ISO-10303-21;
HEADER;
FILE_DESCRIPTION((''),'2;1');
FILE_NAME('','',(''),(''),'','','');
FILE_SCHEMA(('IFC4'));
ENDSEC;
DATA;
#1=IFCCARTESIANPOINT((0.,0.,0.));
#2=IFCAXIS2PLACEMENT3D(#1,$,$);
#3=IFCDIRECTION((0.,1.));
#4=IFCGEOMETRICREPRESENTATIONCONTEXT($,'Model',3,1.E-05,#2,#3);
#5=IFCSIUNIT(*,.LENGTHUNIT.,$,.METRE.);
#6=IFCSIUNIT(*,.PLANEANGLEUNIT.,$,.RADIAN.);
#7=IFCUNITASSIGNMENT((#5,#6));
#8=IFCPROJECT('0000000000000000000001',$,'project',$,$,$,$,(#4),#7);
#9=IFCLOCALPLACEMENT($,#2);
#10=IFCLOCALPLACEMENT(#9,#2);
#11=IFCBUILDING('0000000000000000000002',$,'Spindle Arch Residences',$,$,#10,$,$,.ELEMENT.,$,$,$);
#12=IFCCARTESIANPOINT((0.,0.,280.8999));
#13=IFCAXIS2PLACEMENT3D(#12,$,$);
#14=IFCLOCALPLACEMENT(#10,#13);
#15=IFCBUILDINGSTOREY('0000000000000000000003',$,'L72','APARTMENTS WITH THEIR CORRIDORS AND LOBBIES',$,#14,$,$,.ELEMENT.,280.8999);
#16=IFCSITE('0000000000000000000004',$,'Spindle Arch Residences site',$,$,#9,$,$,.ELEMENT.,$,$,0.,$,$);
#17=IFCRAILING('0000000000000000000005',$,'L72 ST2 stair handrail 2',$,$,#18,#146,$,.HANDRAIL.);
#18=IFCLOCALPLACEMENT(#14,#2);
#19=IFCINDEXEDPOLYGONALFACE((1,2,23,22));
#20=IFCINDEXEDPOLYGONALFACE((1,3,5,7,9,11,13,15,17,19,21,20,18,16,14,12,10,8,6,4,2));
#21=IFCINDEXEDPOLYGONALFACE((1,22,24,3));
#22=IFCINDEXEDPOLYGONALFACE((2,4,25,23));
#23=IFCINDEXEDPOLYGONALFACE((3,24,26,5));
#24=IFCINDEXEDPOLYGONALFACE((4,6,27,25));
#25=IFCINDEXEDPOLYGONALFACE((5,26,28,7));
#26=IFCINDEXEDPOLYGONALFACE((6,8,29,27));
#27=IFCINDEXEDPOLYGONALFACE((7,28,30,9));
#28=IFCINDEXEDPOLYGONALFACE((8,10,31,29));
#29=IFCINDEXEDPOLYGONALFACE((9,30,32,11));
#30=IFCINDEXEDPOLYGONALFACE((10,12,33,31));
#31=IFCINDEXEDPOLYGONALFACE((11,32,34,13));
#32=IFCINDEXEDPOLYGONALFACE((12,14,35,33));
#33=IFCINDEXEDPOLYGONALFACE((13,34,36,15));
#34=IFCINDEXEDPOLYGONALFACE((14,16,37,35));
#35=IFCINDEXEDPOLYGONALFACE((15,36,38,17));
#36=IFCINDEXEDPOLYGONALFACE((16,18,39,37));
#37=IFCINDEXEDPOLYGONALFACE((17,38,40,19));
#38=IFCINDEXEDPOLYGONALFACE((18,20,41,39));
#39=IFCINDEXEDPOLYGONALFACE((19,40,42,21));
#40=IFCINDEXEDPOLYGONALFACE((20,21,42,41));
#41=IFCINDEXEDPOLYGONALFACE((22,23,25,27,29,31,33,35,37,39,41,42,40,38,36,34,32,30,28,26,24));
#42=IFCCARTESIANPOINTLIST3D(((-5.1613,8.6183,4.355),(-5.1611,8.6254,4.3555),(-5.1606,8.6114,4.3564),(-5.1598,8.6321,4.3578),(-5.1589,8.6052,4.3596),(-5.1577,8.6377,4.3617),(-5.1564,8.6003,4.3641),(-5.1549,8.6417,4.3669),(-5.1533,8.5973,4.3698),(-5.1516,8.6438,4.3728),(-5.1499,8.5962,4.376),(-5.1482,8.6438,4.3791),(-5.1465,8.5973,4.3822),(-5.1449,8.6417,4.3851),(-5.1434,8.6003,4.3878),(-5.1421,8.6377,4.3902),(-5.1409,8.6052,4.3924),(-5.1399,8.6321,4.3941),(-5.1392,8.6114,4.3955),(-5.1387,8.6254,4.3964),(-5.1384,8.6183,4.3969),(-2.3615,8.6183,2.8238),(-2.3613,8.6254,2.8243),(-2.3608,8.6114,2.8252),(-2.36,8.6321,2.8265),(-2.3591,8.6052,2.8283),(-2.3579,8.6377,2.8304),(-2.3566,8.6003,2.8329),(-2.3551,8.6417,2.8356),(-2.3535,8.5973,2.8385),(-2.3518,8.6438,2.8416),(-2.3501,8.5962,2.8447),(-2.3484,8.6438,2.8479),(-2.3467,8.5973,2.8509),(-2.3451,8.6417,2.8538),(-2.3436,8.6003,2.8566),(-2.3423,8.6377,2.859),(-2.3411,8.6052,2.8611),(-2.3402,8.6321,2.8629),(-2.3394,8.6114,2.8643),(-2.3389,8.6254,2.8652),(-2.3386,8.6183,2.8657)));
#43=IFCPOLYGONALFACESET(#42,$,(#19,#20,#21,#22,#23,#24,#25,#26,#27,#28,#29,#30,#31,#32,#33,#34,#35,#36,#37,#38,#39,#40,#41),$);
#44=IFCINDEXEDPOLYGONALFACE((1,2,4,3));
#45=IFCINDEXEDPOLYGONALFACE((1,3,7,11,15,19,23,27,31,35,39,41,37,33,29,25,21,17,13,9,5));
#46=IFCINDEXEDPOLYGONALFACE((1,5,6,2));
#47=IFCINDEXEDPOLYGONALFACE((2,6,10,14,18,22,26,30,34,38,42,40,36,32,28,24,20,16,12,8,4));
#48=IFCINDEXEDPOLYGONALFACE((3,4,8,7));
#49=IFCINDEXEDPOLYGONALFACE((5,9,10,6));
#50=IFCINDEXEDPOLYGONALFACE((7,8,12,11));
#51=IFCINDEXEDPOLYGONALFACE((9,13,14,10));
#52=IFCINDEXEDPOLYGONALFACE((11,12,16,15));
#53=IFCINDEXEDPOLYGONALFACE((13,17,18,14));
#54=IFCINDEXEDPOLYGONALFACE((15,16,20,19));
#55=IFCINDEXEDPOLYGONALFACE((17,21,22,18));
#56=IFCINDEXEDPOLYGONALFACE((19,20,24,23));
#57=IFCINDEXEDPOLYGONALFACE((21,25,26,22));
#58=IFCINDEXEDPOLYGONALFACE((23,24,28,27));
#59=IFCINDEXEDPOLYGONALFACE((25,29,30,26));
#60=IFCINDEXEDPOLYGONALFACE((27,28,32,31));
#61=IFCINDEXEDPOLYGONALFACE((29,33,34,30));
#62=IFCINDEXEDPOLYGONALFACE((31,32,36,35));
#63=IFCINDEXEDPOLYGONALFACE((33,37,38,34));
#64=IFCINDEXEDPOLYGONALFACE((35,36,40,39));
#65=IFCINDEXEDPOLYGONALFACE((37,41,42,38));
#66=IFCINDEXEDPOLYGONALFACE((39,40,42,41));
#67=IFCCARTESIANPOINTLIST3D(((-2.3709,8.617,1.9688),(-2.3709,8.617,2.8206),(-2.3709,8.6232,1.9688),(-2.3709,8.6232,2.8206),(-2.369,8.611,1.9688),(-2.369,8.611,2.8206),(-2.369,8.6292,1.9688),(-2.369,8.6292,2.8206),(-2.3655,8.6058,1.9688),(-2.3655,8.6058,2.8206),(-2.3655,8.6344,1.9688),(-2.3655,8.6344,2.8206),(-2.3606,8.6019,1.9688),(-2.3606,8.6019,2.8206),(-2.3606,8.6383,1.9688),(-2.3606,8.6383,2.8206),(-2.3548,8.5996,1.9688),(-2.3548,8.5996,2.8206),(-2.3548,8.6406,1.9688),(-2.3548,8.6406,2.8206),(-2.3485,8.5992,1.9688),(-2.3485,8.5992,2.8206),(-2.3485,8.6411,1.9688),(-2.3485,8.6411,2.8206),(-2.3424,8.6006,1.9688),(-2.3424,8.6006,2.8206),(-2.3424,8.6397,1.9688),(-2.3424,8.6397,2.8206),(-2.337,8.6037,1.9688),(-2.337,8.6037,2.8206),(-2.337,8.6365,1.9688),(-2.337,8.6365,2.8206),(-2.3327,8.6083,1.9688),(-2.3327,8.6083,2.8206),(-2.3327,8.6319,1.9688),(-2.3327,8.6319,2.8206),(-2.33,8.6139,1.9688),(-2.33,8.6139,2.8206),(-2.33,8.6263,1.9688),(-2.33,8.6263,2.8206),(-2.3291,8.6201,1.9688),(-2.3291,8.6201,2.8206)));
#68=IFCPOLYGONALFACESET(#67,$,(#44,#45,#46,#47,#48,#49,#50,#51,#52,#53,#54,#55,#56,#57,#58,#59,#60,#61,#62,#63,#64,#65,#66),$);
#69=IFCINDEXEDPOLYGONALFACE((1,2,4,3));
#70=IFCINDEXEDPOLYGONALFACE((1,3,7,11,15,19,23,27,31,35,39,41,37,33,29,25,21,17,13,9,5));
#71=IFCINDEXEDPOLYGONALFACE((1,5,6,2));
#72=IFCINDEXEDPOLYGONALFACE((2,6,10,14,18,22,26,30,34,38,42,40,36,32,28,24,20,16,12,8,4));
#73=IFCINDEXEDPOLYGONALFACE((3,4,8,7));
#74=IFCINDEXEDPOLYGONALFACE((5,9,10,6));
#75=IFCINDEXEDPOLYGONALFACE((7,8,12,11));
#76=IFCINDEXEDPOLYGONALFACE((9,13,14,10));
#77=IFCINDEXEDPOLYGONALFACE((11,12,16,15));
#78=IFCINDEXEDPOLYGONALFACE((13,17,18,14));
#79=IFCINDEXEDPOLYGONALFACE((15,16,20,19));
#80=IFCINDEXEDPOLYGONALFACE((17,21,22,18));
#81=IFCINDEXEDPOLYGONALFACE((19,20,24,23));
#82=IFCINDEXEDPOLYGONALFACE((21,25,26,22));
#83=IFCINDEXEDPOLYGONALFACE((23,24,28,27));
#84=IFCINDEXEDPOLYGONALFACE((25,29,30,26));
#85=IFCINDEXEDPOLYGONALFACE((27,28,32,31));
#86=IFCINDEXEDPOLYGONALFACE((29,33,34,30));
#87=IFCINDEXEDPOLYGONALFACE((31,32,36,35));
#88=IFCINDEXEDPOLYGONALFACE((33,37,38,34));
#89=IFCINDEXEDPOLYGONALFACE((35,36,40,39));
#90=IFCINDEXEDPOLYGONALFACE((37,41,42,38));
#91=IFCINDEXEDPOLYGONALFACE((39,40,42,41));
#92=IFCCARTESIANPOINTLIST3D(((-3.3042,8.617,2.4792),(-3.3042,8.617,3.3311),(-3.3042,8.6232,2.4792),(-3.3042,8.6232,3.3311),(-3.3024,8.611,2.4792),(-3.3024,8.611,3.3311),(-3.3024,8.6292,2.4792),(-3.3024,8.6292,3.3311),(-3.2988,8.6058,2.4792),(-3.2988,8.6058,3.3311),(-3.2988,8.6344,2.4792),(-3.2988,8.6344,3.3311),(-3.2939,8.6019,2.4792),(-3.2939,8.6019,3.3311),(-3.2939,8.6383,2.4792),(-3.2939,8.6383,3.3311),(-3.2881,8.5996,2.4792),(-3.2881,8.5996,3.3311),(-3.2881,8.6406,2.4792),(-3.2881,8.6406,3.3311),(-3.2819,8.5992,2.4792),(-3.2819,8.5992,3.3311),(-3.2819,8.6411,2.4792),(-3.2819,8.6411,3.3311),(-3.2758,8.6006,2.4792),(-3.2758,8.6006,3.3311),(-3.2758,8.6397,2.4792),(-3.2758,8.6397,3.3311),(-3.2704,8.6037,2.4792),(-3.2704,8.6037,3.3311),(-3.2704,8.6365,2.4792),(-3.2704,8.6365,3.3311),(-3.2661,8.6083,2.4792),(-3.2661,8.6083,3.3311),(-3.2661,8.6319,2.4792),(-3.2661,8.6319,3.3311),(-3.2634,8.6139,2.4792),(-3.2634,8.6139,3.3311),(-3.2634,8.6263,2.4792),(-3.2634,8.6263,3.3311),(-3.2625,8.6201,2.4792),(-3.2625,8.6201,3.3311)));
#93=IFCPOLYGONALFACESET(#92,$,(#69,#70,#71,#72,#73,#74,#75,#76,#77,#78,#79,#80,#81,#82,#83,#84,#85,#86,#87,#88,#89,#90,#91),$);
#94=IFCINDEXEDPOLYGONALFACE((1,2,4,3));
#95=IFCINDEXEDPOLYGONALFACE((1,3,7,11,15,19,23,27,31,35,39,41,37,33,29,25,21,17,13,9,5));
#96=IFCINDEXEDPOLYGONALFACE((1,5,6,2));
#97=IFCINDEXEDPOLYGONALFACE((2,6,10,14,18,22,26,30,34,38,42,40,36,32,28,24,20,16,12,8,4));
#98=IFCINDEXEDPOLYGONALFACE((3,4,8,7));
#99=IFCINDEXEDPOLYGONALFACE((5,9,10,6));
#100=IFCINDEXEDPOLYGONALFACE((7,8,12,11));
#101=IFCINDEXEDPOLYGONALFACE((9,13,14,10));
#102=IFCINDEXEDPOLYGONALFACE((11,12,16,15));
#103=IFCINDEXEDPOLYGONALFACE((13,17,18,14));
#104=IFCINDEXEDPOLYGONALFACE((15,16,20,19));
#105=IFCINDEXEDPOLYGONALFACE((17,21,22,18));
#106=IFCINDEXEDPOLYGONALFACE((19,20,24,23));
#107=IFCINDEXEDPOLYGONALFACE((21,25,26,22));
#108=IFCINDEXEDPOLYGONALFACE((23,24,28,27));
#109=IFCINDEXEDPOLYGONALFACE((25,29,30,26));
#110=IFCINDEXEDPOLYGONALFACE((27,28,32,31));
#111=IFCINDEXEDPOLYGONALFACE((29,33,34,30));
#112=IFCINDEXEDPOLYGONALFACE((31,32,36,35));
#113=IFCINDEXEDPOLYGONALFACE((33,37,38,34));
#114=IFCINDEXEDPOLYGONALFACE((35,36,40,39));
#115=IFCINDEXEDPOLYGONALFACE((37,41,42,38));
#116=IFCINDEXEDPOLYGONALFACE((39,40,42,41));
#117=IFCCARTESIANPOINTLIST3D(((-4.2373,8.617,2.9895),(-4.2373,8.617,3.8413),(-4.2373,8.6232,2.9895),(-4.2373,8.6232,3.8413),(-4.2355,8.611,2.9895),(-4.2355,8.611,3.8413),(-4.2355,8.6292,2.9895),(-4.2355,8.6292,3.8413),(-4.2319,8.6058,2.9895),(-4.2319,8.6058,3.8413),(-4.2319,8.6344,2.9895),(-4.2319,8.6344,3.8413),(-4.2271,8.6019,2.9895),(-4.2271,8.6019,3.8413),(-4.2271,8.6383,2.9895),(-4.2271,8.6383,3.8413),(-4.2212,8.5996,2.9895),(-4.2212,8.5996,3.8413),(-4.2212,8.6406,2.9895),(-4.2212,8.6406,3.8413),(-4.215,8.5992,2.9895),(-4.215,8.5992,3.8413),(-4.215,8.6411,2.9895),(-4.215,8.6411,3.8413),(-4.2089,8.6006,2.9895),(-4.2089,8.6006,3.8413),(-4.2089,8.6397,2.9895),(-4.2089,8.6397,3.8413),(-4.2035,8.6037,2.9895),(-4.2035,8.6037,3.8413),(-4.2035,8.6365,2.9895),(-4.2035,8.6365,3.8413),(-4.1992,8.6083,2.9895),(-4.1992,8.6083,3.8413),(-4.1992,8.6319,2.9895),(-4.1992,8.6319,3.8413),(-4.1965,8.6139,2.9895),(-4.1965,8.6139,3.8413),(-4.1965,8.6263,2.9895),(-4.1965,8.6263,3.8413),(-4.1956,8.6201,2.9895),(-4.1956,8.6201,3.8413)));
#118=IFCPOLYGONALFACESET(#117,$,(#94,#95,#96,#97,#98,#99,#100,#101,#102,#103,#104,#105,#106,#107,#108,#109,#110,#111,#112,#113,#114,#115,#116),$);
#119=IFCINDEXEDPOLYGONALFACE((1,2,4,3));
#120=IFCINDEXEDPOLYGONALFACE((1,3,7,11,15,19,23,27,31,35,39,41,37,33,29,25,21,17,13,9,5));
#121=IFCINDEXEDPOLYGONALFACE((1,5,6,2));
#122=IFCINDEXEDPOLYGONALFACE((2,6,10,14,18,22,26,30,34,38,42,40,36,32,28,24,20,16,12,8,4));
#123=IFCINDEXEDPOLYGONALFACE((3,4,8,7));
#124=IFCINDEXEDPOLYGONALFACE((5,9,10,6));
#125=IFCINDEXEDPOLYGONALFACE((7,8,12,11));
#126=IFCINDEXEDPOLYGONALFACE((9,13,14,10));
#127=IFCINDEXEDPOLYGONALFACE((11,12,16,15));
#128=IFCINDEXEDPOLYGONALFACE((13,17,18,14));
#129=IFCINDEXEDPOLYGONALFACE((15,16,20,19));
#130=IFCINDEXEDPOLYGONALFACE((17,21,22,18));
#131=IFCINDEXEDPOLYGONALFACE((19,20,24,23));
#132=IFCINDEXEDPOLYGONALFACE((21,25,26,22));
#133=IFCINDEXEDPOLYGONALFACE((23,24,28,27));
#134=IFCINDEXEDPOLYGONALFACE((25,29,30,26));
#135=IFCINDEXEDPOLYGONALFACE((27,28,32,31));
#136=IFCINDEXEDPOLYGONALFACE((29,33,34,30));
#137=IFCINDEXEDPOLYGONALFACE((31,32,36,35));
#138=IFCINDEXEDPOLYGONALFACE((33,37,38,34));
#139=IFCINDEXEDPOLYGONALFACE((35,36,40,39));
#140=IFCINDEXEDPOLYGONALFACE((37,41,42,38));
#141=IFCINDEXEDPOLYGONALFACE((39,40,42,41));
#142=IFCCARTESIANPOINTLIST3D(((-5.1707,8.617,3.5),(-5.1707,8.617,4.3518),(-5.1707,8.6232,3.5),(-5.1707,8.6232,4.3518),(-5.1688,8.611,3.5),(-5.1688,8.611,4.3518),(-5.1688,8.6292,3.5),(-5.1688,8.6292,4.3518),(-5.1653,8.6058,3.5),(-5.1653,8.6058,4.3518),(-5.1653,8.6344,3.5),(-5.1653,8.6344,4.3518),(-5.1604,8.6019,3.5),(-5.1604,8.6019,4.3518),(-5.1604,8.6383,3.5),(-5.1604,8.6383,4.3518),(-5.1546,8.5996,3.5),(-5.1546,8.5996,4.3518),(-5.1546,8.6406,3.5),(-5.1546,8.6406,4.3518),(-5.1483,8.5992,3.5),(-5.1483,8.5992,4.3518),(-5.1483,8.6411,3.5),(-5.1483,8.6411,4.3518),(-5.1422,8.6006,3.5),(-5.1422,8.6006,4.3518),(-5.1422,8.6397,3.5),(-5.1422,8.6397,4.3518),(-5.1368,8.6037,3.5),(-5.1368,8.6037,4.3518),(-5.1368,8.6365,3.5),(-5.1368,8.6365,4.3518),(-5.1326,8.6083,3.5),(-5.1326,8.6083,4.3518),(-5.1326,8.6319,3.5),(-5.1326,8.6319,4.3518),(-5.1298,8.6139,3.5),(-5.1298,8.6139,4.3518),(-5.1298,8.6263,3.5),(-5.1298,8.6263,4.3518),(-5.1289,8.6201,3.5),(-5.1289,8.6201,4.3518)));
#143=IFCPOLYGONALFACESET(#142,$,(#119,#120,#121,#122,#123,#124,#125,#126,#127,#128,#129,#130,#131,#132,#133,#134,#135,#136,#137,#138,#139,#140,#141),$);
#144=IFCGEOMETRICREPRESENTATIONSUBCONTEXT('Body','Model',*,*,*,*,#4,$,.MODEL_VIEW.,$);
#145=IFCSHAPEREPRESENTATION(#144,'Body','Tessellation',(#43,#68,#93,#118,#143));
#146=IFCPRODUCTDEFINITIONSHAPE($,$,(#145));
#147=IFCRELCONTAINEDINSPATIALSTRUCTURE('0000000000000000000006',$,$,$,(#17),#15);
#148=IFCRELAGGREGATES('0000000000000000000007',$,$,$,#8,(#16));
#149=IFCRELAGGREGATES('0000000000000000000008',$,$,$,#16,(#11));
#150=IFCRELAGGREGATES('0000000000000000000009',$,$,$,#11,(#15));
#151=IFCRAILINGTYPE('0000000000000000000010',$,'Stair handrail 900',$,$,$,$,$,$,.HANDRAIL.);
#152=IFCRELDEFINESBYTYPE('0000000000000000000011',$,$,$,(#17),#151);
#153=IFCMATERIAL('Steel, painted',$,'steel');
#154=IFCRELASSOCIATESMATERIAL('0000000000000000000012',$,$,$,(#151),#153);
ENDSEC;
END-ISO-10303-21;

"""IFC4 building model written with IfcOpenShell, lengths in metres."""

from ifc_helpers import new_model, si_unit, direction, frame, origin, origin_2d, place, context, subcontext, project, spatial, circle, extrude, material, type_object, element, save


model = new_model("IFC4")

# Units and contexts
model_context = context("Model", 3, precision=1e-05, world=origin(), true_north=direction((0.0, 1.0)))
body_context = subcontext(model_context, "Body", "Model", "MODEL_VIEW")
ifc_project = project(units=[si_unit("LENGTHUNIT", "METRE"), si_unit("PLANEANGLEUNIT", "RADIAN")], contexts=[model_context])

# Site, building, storey
site_placement = place(None, origin())
site = spatial("IfcSite", under=ifc_project, at=site_placement, Name="Spindle Arch Residences site", CompositionType="ELEMENT", RefElevation=0.0)
building_placement = place(site_placement, origin())
building = spatial("IfcBuilding", under=site, at=building_placement, Name="Spindle Arch Residences", CompositionType="ELEMENT")
storey_placement = place(building_placement, frame((0.0, 0.0, 280.8999)))
storey = spatial("IfcBuildingStorey", under=building, at=storey_placement, Name="L72", Description="APARTMENTS WITH THEIR CORRIDORS AND LOBBIES", CompositionType="ELEMENT", Elevation=280.8999)

# Railing
ifc_material_1 = material(Name="Steel, painted", Category="steel")
railing_type_1 = type_object("IfcRailingType", Name="Stair handrail 900", PredefinedType="HANDRAIL", material=ifc_material_1)
railing_1_placement = place(storey_placement, frame((-2.3501, 8.6201, 1.9688)))
element("IfcRailing", 1, at=railing_1_placement, inside=storey, type_object=railing_type_1, Name="L72 ST2 stair handrail 2", PredefinedType="HANDRAIL", context=body_context, shape_type="SweptSolid", body=[
    extrude(circle(Radius=0.0239, at=origin_2d()), frame((0.0, 0.0, 0.876), z_axis=(-0.877357, 0.0, 0.479838), x_axis=(0.0, -1.0, 0.0)), (0.0, 0.0, 1.0), 3.1912),
    extrude(circle(Radius=0.021, at=origin_2d()), origin(), (0.0, 0.0, 1.0), 0.8518),
    extrude(circle(Radius=0.021, at=origin_2d()), frame((-0.9333, 0.0, 0.5105)), (0.0, 0.0, 1.0), 0.8518),
    extrude(circle(Radius=0.021, at=origin_2d()), frame((-1.8665, 0.0, 1.0208)), (0.0, 0.0, 1.0), 0.8518),
    extrude(circle(Radius=0.021, at=origin_2d()), frame((-2.7998, 0.0, 1.5312)), (0.0, 0.0, 1.0), 0.8518),
])

save(model, "model.ifc")
